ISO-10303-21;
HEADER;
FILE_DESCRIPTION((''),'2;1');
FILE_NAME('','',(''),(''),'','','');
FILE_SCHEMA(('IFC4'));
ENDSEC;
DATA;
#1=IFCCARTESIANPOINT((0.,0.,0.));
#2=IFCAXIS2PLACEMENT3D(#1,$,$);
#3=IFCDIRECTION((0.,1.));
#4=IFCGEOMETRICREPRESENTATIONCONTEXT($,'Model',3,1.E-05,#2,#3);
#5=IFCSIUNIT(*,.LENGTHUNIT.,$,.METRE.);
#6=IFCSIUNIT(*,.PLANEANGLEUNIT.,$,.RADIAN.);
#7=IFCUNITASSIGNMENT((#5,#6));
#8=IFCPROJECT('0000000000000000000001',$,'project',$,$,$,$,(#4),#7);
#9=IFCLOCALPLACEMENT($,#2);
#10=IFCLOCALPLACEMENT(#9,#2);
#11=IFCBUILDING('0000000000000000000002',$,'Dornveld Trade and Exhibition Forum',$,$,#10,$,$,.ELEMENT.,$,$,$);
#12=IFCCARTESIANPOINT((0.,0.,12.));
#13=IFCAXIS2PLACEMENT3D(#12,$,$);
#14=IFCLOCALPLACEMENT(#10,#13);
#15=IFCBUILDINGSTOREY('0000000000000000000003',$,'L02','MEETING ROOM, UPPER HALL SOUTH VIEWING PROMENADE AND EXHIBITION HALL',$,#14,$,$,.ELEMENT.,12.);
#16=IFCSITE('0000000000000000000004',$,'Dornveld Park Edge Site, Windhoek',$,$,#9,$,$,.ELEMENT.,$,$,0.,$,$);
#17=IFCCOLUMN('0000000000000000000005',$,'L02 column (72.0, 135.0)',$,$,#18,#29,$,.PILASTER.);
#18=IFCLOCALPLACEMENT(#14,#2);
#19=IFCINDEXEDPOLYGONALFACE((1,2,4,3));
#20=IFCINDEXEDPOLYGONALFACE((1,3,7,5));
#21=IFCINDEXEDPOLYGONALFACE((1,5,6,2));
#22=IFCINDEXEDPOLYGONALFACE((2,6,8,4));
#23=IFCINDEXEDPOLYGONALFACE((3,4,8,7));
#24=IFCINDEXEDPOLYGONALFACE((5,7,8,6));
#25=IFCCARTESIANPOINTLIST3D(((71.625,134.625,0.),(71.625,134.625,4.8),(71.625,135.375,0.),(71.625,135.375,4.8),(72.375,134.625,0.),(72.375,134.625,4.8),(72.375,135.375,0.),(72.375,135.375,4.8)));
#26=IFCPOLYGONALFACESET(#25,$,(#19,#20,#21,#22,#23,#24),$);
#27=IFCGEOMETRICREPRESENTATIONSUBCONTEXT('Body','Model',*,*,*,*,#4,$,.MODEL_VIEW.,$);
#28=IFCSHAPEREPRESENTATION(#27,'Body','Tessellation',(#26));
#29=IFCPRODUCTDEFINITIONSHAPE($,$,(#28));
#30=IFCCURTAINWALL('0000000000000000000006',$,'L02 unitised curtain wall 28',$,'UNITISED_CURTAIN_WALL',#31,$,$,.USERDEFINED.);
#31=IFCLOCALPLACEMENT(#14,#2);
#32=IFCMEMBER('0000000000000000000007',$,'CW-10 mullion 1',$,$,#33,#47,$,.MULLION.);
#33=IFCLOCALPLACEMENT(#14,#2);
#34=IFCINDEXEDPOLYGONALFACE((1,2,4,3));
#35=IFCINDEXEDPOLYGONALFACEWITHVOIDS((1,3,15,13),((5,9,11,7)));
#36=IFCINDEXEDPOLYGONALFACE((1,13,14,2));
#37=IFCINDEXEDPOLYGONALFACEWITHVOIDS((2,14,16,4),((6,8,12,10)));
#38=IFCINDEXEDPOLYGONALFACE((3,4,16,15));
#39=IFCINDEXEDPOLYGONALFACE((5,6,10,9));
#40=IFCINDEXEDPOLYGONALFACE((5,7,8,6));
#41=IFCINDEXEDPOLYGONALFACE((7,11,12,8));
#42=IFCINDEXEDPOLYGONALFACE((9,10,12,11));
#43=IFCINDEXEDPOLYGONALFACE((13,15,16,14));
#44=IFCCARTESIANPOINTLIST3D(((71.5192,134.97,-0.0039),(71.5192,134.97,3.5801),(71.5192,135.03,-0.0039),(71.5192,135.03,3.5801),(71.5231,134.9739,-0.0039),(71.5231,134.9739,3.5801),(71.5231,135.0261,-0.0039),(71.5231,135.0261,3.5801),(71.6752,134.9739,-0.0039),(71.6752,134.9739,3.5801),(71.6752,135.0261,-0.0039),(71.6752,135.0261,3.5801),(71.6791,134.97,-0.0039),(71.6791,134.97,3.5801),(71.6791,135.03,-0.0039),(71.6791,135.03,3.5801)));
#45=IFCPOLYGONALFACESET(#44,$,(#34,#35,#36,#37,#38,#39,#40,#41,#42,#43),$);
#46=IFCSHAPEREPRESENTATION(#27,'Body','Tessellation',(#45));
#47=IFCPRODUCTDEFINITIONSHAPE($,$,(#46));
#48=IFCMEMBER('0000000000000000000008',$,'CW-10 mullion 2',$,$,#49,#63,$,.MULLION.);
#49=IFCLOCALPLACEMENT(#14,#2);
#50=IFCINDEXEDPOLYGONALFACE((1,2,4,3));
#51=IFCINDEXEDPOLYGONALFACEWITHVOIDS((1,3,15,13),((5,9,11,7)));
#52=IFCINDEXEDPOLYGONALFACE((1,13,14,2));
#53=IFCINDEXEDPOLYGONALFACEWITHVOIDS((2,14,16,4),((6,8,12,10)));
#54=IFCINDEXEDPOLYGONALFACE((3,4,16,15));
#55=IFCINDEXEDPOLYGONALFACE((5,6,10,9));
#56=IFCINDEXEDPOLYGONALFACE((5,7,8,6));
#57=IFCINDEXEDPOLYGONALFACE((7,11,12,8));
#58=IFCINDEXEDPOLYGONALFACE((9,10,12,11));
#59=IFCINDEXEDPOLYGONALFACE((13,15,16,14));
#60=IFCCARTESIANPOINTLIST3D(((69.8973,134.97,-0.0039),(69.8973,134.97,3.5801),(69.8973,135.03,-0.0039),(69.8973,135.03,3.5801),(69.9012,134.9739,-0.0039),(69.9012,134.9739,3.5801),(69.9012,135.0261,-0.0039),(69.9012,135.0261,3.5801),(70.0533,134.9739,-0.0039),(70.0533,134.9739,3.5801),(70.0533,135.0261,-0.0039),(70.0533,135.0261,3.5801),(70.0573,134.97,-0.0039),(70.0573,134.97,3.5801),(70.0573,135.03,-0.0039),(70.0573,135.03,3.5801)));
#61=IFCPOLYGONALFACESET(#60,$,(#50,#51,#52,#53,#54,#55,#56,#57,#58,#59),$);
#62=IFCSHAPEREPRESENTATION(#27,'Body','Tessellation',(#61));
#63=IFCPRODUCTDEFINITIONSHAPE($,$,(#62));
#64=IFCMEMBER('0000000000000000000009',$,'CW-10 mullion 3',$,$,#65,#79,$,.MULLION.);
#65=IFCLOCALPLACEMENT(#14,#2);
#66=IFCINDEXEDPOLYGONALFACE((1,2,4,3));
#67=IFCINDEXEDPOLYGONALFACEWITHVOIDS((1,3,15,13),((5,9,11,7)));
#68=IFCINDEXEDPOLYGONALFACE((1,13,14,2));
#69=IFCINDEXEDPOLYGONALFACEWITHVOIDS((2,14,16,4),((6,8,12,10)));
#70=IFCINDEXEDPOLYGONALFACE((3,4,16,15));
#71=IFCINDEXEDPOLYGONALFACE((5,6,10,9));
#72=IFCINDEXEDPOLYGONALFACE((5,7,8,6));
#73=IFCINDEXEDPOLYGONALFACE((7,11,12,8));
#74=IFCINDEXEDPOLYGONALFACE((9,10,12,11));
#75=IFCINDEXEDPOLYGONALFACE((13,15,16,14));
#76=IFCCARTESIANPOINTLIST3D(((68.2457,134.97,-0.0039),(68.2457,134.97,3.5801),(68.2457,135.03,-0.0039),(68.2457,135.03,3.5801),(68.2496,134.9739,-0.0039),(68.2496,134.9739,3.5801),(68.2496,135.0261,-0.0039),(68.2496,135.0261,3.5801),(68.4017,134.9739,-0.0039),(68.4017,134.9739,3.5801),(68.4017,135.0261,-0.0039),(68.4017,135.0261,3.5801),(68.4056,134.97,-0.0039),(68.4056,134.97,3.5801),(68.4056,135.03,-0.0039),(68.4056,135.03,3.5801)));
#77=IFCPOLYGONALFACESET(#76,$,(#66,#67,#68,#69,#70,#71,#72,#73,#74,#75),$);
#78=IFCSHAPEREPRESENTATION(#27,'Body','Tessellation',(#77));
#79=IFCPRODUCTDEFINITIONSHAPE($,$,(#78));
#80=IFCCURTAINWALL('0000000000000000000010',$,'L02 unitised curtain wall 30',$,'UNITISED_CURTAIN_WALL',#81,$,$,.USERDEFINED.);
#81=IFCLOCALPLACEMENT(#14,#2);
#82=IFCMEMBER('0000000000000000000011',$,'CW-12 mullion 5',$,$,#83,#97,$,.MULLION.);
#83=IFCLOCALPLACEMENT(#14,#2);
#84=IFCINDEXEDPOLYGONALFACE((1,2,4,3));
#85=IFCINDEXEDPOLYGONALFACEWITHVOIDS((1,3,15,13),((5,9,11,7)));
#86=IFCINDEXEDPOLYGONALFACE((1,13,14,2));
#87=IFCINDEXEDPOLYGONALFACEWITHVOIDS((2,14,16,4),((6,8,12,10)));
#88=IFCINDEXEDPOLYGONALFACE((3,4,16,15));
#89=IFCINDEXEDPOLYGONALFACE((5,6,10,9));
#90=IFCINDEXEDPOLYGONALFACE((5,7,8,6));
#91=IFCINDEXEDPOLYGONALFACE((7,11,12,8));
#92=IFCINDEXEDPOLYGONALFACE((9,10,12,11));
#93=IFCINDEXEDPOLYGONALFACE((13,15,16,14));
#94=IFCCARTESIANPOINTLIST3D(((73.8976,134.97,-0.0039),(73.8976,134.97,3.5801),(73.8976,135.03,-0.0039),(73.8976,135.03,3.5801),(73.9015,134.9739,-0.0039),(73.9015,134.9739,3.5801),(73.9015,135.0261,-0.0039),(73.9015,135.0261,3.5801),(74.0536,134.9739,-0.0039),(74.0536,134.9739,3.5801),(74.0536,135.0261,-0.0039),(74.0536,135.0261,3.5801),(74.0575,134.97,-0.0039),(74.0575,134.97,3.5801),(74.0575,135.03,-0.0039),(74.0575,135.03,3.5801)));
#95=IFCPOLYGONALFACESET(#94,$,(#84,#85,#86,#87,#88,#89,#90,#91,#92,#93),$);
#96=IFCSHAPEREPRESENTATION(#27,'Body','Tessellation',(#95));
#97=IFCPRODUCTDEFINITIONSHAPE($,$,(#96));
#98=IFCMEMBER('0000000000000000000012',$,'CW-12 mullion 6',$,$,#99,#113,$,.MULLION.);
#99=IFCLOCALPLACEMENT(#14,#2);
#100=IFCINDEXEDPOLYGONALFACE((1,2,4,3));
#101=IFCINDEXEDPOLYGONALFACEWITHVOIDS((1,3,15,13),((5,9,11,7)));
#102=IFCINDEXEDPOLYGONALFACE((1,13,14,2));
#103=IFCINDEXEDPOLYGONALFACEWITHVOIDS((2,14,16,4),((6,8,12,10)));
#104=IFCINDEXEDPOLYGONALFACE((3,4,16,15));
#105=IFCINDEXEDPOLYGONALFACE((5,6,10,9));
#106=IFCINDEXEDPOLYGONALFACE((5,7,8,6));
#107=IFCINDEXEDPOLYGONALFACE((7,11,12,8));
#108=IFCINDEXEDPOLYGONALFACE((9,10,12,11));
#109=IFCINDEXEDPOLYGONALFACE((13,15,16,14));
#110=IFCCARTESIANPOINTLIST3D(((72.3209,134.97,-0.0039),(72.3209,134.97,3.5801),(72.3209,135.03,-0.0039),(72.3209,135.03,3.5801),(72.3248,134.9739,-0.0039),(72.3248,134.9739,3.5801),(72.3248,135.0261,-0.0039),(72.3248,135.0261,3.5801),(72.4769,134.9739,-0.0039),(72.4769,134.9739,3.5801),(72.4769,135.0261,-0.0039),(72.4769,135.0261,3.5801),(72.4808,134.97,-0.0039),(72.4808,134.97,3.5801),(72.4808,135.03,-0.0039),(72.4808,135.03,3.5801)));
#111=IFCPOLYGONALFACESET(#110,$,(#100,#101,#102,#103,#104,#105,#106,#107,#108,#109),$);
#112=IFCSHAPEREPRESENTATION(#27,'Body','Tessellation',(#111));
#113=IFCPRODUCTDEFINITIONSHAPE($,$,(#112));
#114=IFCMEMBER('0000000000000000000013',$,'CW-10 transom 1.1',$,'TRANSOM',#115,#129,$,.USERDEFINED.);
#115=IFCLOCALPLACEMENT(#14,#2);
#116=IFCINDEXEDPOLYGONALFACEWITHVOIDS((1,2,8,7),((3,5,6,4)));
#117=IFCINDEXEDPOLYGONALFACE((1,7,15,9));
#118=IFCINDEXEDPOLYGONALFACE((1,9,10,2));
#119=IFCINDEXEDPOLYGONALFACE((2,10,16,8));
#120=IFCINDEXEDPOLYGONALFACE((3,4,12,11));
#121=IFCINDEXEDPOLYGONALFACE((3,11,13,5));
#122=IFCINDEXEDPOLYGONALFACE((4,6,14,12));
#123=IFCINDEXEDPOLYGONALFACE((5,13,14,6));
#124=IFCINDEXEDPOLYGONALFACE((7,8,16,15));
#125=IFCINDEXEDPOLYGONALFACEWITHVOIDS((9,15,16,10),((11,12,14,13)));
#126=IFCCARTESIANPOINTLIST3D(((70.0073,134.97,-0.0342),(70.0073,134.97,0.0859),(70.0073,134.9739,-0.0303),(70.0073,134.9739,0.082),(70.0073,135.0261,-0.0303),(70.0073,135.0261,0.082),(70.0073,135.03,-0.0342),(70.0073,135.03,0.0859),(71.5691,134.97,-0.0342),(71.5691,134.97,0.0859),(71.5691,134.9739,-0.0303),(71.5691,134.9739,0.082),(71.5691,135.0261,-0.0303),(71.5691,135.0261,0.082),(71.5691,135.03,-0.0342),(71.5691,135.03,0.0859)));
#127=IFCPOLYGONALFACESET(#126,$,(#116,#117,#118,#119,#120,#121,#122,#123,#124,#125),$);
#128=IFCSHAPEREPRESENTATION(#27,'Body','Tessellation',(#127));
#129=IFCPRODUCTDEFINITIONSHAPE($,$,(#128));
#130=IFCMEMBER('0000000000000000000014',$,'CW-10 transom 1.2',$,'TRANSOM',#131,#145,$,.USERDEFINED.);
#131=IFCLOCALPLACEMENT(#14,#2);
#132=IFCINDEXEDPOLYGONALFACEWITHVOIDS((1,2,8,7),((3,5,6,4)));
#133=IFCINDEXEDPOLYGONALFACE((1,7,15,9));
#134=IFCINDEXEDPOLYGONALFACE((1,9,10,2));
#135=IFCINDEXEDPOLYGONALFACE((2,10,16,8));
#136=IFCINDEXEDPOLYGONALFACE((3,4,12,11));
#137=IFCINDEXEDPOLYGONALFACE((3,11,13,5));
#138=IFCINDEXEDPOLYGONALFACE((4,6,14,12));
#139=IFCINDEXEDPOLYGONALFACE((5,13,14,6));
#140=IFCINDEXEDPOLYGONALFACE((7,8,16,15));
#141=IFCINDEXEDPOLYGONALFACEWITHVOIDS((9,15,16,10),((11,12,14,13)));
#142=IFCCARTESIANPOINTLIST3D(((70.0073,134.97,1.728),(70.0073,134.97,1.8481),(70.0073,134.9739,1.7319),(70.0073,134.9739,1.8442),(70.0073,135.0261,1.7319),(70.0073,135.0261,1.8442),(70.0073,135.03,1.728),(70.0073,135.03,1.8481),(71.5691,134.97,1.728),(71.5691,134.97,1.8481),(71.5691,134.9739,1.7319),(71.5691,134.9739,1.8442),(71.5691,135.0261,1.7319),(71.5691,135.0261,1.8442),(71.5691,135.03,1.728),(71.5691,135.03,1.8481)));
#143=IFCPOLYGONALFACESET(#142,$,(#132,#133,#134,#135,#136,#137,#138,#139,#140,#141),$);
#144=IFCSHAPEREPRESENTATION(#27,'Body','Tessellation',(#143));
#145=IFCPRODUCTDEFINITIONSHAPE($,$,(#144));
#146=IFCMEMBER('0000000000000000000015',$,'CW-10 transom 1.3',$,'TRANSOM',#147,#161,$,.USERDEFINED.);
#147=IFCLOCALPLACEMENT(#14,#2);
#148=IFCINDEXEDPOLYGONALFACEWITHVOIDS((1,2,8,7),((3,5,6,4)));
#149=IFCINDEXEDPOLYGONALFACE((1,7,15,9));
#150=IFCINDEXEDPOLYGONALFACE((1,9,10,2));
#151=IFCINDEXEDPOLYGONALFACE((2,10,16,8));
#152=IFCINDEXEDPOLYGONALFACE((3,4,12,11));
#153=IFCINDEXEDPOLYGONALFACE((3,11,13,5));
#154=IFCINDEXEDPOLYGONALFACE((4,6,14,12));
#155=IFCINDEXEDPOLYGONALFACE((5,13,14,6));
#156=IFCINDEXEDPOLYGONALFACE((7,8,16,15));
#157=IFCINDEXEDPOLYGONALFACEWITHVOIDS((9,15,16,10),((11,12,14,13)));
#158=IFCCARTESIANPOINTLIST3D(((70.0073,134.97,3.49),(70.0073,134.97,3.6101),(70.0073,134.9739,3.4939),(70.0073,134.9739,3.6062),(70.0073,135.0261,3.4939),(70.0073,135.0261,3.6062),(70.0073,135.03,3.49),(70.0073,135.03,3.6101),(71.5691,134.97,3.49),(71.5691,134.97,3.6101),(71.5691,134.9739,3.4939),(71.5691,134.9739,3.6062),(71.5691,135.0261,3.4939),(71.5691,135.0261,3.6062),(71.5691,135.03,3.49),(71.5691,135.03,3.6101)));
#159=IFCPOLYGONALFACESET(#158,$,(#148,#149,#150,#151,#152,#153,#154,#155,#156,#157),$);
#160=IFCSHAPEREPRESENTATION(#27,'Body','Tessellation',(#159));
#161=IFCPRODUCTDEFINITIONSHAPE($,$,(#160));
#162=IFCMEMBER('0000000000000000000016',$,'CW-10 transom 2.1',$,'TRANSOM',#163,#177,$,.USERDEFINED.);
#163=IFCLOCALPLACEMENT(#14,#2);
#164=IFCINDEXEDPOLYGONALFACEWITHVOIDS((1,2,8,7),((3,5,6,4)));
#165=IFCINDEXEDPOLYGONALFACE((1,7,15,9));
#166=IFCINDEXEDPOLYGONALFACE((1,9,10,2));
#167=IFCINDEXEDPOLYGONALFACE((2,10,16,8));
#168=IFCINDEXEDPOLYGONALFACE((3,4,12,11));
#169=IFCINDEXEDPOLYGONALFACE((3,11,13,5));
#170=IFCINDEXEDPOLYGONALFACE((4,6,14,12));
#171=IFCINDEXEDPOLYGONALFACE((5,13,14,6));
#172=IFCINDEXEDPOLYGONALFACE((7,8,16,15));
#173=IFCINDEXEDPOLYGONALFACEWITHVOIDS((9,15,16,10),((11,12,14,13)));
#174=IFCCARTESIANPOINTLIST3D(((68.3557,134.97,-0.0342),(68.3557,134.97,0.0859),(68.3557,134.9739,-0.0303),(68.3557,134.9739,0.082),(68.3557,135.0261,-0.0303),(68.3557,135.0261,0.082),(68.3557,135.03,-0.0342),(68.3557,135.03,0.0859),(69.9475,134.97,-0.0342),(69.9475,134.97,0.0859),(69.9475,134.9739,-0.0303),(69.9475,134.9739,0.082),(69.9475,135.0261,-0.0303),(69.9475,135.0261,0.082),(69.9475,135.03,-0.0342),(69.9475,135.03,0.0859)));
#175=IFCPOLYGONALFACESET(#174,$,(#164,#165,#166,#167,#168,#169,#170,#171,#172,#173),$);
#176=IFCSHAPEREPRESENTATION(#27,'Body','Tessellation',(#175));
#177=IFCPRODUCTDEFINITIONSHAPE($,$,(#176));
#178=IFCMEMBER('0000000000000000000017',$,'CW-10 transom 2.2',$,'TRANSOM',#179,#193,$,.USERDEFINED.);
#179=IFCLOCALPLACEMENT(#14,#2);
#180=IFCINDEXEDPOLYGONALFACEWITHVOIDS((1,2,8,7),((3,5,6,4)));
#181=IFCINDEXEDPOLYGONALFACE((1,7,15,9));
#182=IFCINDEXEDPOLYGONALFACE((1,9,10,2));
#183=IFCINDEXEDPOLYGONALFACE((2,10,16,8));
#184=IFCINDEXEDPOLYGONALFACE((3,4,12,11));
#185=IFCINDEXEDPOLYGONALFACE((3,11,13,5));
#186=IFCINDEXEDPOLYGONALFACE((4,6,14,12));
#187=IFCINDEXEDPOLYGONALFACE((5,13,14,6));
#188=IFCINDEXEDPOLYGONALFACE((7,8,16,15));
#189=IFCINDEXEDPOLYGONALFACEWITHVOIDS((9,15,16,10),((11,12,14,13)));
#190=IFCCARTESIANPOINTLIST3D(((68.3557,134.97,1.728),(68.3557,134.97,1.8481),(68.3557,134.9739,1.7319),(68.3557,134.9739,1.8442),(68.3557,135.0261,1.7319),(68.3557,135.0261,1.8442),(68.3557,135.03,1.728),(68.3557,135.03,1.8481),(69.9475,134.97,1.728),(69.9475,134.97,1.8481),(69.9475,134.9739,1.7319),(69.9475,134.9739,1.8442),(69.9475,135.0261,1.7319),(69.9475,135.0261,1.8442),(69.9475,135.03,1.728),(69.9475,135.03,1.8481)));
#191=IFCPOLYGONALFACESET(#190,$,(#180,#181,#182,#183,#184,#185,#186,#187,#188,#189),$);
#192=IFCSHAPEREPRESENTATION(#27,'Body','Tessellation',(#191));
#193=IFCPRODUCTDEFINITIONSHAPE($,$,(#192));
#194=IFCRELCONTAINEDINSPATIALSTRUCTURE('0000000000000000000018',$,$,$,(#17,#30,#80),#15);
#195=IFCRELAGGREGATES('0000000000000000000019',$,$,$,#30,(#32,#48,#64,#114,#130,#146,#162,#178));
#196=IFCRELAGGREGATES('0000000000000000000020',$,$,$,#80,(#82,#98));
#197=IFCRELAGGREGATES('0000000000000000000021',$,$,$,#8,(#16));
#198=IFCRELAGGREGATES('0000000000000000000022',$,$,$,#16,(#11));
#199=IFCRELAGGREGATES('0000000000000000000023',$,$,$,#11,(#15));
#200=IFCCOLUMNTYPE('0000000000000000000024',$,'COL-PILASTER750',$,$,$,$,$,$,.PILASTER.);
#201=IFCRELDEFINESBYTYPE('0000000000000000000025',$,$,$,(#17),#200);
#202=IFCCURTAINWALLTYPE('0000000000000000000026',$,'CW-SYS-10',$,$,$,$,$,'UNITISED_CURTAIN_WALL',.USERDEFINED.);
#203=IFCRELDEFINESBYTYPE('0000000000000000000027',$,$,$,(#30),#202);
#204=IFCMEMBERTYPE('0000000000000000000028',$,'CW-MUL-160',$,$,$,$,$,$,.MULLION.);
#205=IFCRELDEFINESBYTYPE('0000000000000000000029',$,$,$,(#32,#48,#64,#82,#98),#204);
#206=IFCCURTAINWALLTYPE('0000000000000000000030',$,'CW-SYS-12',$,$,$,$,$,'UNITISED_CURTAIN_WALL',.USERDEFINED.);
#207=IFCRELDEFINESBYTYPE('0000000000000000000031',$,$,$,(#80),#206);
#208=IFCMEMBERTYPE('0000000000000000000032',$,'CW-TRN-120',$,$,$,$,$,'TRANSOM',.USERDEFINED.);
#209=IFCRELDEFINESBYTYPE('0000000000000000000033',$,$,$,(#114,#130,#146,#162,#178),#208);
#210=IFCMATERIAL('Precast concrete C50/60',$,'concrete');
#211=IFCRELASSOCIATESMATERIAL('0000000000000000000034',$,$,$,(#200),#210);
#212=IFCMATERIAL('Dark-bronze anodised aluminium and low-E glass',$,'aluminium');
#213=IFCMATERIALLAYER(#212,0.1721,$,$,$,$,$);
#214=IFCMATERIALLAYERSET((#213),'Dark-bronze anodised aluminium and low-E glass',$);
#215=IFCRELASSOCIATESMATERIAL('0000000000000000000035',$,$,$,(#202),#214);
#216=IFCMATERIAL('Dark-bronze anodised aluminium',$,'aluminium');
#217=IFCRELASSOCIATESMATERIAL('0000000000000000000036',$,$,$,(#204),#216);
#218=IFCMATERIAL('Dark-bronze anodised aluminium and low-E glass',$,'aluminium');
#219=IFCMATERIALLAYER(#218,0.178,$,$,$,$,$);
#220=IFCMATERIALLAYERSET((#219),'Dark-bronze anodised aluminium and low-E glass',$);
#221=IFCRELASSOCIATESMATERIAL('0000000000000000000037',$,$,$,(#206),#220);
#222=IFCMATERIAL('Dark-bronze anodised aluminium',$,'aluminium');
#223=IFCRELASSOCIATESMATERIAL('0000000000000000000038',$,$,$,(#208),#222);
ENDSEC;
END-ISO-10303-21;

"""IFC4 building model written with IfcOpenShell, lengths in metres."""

from ifc_helpers import new_model, si_unit, direction, frame, origin, origin_2d, place, context, subcontext, project, spatial, rectangle, hollow_rectangle, extrude, material, layer, layer_set, material_profile, profile_set, type_object, element, aggregate, save


model = new_model("IFC4")

# Units and contexts
model_context = context("Model", 3, precision=1e-05, world=origin(), true_north=direction((0.0, 1.0)))
body_context = subcontext(model_context, "Body", "Model", "MODEL_VIEW")
ifc_project = project(units=[si_unit("LENGTHUNIT", "METRE"), si_unit("PLANEANGLEUNIT", "RADIAN")], contexts=[model_context])

# Site, building, storey
site_placement = place(None, origin())
site = spatial("IfcSite", under=ifc_project, at=site_placement, Name="Dornveld Park Edge Site, Windhoek", CompositionType="ELEMENT", RefElevation=0.0)
building_placement = place(site_placement, origin())
building = spatial("IfcBuilding", under=site, at=building_placement, Name="Dornveld Trade and Exhibition Forum", CompositionType="ELEMENT")
storey_placement = place(building_placement, frame((0.0, 0.0, 12.0)))
storey = spatial("IfcBuildingStorey", under=building, at=storey_placement, Name="L02", Description="MEETING ROOM, UPPER HALL SOUTH VIEWING PROMENADE AND EXHIBITION HALL", CompositionType="ELEMENT", Elevation=12.0)

# Column
ifc_material_1 = material(Name="Precast concrete C50/60", Category="concrete")
ifc_material_profile_1 = material_profile(ifc_material_1, rectangle(XDim=0.75, YDim=0.75, at=origin_2d()), Name="PC-COL 750x750")
ifc_profile_set_1 = profile_set([ifc_material_profile_1], Name="Precast concrete C50/60")
column_type = type_object("IfcColumnType", Name="COL-PILASTER750", PredefinedType="PILASTER", material=ifc_profile_set_1)
column_placement = place(storey_placement, frame((72.0, 135.0, 0.0), z_axis=(0.0, 0.0, 1.0), x_axis=(1.0, 0.0, 0.0)))
element("IfcColumn", 1, at=column_placement, inside=storey, type_object=column_type, Name="L02 column (72.0, 135.0)", PredefinedType="PILASTER", context=body_context, shape_type="SweptSolid", body=[
    extrude(rectangle(XDim=0.75, YDim=0.75, at=origin_2d()), origin(), (0.0, 0.0, 1.0), 4.8),
])

# Curtain walls, members
ifc_material_2 = material(Name="Dark-bronze anodised aluminium and low-E glass", Category="aluminium")
ifc_layer_1 = layer(ifc_material_2, 0.1721)
ifc_layer_set_1 = layer_set([ifc_layer_1], Name="Dark-bronze anodised aluminium and low-E glass")
curtain_wall_type_1 = type_object("IfcCurtainWallType", Name="CW-SYS-10", ElementType="UNITISED_CURTAIN_WALL", PredefinedType="USERDEFINED", material=ifc_layer_set_1)
curtain_wall_1_placement = place(storey_placement, origin())
curtain_wall_1 = element("IfcCurtainWall", 2, at=curtain_wall_1_placement, inside=storey, type_object=curtain_wall_type_1, Name="L02 unitised curtain wall 28", ObjectType="UNITISED_CURTAIN_WALL", PredefinedType="USERDEFINED")
ifc_material_3 = material(Name="Dark-bronze anodised aluminium", Category="aluminium")
ifc_material_profile_2 = material_profile(ifc_material_3, hollow_rectangle(XDim=0.0601, YDim=0.1599, WallThickness=0.0039, at=origin_2d()), Name="RHS 160x60x4")
ifc_profile_set_2 = profile_set([ifc_material_profile_2], Name="Dark-bronze anodised aluminium")
member_type_1 = type_object("IfcMemberType", Name="CW-MUL-160", PredefinedType="MULLION", material=ifc_profile_set_2)
member_1_placement = place(storey_placement, frame((71.5991, 135.0, -0.0039), z_axis=(0.0, 0.0, 1.0), x_axis=(0.0, -1.0, 0.0)))
member_1 = element("IfcMember", 3, at=member_1_placement, type_object=member_type_1, Name="CW-10 mullion 1", PredefinedType="MULLION", context=body_context, shape_type="SweptSolid", body=[
    extrude(hollow_rectangle(XDim=0.0601, YDim=0.1599, WallThickness=0.0039, at=origin_2d()), origin(), (0.0, 0.0, 1.0), 3.584),
])
member_2_placement = place(storey_placement, frame((69.9773, 135.0, -0.0039), z_axis=(0.0, 0.0, 1.0), x_axis=(0.0, -1.0, 0.0)))
member_2 = element("IfcMember", 4, at=member_2_placement, type_object=member_type_1, Name="CW-10 mullion 2", PredefinedType="MULLION", context=body_context, shape_type="SweptSolid", body=[
    extrude(hollow_rectangle(XDim=0.0601, YDim=0.1599, WallThickness=0.0039, at=origin_2d()), origin(), (0.0, 0.0, 1.0), 3.584),
])
member_3_placement = place(storey_placement, frame((68.3257, 135.0, -0.0039), z_axis=(0.0, 0.0, 1.0), x_axis=(0.0, -1.0, 0.0)))
member_3 = element("IfcMember", 5, at=member_3_placement, type_object=member_type_1, Name="CW-10 mullion 3", PredefinedType="MULLION", context=body_context, shape_type="SweptSolid", body=[
    extrude(hollow_rectangle(XDim=0.0601, YDim=0.1599, WallThickness=0.0039, at=origin_2d()), origin(), (0.0, 0.0, 1.0), 3.584),
])
ifc_material_4 = material(Name="Dark-bronze anodised aluminium and low-E glass", Category="aluminium")
ifc_layer_2 = layer(ifc_material_4, 0.178)
ifc_layer_set_2 = layer_set([ifc_layer_2], Name="Dark-bronze anodised aluminium and low-E glass")
curtain_wall_type_2 = type_object("IfcCurtainWallType", Name="CW-SYS-12", ElementType="UNITISED_CURTAIN_WALL", PredefinedType="USERDEFINED", material=ifc_layer_set_2)
curtain_wall_2_placement = place(storey_placement, origin())
curtain_wall_2 = element("IfcCurtainWall", 6, at=curtain_wall_2_placement, inside=storey, type_object=curtain_wall_type_2, Name="L02 unitised curtain wall 30", ObjectType="UNITISED_CURTAIN_WALL", PredefinedType="USERDEFINED")
member_4_placement = place(storey_placement, frame((73.9775, 135.0, -0.0039), z_axis=(0.0, 0.0, 1.0), x_axis=(0.0, -1.0, 0.0)))
member_4 = element("IfcMember", 7, at=member_4_placement, type_object=member_type_1, Name="CW-12 mullion 5", PredefinedType="MULLION", context=body_context, shape_type="SweptSolid", body=[
    extrude(hollow_rectangle(XDim=0.0601, YDim=0.1599, WallThickness=0.0039, at=origin_2d()), origin(), (0.0, 0.0, 1.0), 3.584),
])
member_5_placement = place(storey_placement, frame((72.4009, 135.0, -0.0039), z_axis=(0.0, 0.0, 1.0), x_axis=(0.0, -1.0, 0.0)))
member_5 = element("IfcMember", 8, at=member_5_placement, type_object=member_type_1, Name="CW-12 mullion 6", PredefinedType="MULLION", context=body_context, shape_type="SweptSolid", body=[
    extrude(hollow_rectangle(XDim=0.0601, YDim=0.1599, WallThickness=0.0039, at=origin_2d()), origin(), (0.0, 0.0, 1.0), 3.584),
])

# Members
ifc_material_5 = material(Name="Dark-bronze anodised aluminium", Category="aluminium")
ifc_material_profile_3 = material_profile(ifc_material_5, hollow_rectangle(XDim=0.0601, YDim=0.1201, WallThickness=0.0039, at=origin_2d()), Name="RHS 120x60x4")
ifc_profile_set_3 = profile_set([ifc_material_profile_3], Name="Dark-bronze anodised aluminium")
member_type_2 = type_object("IfcMemberType", Name="CW-TRN-120", ElementType="TRANSOM", PredefinedType="USERDEFINED", material=ifc_profile_set_3)
member_6_placement = place(storey_placement, frame((71.5691, 135.0, 0.0259), z_axis=(-1.0, 0.0, 0.0), x_axis=(0.0, -1.0, 0.0)))
member_6 = element("IfcMember", 9, at=member_6_placement, type_object=member_type_2, Name="CW-10 transom 1.1", ObjectType="TRANSOM", PredefinedType="USERDEFINED", context=body_context, shape_type="SweptSolid", body=[
    extrude(hollow_rectangle(XDim=0.0601, YDim=0.1201, WallThickness=0.0039, at=origin_2d()), origin(), (0.0, 0.0, 1.0), 1.5618),
])
member_7_placement = place(storey_placement, frame((71.5691, 135.0, 1.7881), z_axis=(-1.0, 0.0, 0.0), x_axis=(0.0, -1.0, 0.0)))
member_7 = element("IfcMember", 10, at=member_7_placement, type_object=member_type_2, Name="CW-10 transom 1.2", ObjectType="TRANSOM", PredefinedType="USERDEFINED", context=body_context, shape_type="SweptSolid", body=[
    extrude(hollow_rectangle(XDim=0.0601, YDim=0.1201, WallThickness=0.0039, at=origin_2d()), origin(), (0.0, 0.0, 1.0), 1.5618),
])
member_8_placement = place(storey_placement, frame((71.5691, 135.0, 3.55), z_axis=(-1.0, 0.0, 0.0), x_axis=(0.0, -1.0, 0.0)))
member_8 = element("IfcMember", 11, at=member_8_placement, type_object=member_type_2, Name="CW-10 transom 1.3", ObjectType="TRANSOM", PredefinedType="USERDEFINED", context=body_context, shape_type="SweptSolid", body=[
    extrude(hollow_rectangle(XDim=0.0601, YDim=0.1201, WallThickness=0.0039, at=origin_2d()), origin(), (0.0, 0.0, 1.0), 1.5618),
])
member_9_placement = place(storey_placement, frame((69.9475, 135.0, 0.0259), z_axis=(-1.0, 0.0, 0.0), x_axis=(0.0, -1.0, 0.0)))
member_9 = element("IfcMember", 12, at=member_9_placement, type_object=member_type_2, Name="CW-10 transom 2.1", ObjectType="TRANSOM", PredefinedType="USERDEFINED", context=body_context, shape_type="SweptSolid", body=[
    extrude(hollow_rectangle(XDim=0.0601, YDim=0.1201, WallThickness=0.0039, at=origin_2d()), origin(), (0.0, 0.0, 1.0), 1.5918),
])
member_10_placement = place(storey_placement, frame((69.9475, 135.0, 1.7881), z_axis=(-1.0, 0.0, 0.0), x_axis=(0.0, -1.0, 0.0)))
member_10 = element("IfcMember", 13, at=member_10_placement, type_object=member_type_2, Name="CW-10 transom 2.2", ObjectType="TRANSOM", PredefinedType="USERDEFINED", context=body_context, shape_type="SweptSolid", body=[
    extrude(hollow_rectangle(XDim=0.0601, YDim=0.1201, WallThickness=0.0039, at=origin_2d()), origin(), (0.0, 0.0, 1.0), 1.5918),
])

aggregate(curtain_wall_1, [member_1, member_2, member_3, member_6, member_7, member_8, member_9, member_10])
aggregate(curtain_wall_2, [member_4, member_5])

save(model, "model.ifc")
